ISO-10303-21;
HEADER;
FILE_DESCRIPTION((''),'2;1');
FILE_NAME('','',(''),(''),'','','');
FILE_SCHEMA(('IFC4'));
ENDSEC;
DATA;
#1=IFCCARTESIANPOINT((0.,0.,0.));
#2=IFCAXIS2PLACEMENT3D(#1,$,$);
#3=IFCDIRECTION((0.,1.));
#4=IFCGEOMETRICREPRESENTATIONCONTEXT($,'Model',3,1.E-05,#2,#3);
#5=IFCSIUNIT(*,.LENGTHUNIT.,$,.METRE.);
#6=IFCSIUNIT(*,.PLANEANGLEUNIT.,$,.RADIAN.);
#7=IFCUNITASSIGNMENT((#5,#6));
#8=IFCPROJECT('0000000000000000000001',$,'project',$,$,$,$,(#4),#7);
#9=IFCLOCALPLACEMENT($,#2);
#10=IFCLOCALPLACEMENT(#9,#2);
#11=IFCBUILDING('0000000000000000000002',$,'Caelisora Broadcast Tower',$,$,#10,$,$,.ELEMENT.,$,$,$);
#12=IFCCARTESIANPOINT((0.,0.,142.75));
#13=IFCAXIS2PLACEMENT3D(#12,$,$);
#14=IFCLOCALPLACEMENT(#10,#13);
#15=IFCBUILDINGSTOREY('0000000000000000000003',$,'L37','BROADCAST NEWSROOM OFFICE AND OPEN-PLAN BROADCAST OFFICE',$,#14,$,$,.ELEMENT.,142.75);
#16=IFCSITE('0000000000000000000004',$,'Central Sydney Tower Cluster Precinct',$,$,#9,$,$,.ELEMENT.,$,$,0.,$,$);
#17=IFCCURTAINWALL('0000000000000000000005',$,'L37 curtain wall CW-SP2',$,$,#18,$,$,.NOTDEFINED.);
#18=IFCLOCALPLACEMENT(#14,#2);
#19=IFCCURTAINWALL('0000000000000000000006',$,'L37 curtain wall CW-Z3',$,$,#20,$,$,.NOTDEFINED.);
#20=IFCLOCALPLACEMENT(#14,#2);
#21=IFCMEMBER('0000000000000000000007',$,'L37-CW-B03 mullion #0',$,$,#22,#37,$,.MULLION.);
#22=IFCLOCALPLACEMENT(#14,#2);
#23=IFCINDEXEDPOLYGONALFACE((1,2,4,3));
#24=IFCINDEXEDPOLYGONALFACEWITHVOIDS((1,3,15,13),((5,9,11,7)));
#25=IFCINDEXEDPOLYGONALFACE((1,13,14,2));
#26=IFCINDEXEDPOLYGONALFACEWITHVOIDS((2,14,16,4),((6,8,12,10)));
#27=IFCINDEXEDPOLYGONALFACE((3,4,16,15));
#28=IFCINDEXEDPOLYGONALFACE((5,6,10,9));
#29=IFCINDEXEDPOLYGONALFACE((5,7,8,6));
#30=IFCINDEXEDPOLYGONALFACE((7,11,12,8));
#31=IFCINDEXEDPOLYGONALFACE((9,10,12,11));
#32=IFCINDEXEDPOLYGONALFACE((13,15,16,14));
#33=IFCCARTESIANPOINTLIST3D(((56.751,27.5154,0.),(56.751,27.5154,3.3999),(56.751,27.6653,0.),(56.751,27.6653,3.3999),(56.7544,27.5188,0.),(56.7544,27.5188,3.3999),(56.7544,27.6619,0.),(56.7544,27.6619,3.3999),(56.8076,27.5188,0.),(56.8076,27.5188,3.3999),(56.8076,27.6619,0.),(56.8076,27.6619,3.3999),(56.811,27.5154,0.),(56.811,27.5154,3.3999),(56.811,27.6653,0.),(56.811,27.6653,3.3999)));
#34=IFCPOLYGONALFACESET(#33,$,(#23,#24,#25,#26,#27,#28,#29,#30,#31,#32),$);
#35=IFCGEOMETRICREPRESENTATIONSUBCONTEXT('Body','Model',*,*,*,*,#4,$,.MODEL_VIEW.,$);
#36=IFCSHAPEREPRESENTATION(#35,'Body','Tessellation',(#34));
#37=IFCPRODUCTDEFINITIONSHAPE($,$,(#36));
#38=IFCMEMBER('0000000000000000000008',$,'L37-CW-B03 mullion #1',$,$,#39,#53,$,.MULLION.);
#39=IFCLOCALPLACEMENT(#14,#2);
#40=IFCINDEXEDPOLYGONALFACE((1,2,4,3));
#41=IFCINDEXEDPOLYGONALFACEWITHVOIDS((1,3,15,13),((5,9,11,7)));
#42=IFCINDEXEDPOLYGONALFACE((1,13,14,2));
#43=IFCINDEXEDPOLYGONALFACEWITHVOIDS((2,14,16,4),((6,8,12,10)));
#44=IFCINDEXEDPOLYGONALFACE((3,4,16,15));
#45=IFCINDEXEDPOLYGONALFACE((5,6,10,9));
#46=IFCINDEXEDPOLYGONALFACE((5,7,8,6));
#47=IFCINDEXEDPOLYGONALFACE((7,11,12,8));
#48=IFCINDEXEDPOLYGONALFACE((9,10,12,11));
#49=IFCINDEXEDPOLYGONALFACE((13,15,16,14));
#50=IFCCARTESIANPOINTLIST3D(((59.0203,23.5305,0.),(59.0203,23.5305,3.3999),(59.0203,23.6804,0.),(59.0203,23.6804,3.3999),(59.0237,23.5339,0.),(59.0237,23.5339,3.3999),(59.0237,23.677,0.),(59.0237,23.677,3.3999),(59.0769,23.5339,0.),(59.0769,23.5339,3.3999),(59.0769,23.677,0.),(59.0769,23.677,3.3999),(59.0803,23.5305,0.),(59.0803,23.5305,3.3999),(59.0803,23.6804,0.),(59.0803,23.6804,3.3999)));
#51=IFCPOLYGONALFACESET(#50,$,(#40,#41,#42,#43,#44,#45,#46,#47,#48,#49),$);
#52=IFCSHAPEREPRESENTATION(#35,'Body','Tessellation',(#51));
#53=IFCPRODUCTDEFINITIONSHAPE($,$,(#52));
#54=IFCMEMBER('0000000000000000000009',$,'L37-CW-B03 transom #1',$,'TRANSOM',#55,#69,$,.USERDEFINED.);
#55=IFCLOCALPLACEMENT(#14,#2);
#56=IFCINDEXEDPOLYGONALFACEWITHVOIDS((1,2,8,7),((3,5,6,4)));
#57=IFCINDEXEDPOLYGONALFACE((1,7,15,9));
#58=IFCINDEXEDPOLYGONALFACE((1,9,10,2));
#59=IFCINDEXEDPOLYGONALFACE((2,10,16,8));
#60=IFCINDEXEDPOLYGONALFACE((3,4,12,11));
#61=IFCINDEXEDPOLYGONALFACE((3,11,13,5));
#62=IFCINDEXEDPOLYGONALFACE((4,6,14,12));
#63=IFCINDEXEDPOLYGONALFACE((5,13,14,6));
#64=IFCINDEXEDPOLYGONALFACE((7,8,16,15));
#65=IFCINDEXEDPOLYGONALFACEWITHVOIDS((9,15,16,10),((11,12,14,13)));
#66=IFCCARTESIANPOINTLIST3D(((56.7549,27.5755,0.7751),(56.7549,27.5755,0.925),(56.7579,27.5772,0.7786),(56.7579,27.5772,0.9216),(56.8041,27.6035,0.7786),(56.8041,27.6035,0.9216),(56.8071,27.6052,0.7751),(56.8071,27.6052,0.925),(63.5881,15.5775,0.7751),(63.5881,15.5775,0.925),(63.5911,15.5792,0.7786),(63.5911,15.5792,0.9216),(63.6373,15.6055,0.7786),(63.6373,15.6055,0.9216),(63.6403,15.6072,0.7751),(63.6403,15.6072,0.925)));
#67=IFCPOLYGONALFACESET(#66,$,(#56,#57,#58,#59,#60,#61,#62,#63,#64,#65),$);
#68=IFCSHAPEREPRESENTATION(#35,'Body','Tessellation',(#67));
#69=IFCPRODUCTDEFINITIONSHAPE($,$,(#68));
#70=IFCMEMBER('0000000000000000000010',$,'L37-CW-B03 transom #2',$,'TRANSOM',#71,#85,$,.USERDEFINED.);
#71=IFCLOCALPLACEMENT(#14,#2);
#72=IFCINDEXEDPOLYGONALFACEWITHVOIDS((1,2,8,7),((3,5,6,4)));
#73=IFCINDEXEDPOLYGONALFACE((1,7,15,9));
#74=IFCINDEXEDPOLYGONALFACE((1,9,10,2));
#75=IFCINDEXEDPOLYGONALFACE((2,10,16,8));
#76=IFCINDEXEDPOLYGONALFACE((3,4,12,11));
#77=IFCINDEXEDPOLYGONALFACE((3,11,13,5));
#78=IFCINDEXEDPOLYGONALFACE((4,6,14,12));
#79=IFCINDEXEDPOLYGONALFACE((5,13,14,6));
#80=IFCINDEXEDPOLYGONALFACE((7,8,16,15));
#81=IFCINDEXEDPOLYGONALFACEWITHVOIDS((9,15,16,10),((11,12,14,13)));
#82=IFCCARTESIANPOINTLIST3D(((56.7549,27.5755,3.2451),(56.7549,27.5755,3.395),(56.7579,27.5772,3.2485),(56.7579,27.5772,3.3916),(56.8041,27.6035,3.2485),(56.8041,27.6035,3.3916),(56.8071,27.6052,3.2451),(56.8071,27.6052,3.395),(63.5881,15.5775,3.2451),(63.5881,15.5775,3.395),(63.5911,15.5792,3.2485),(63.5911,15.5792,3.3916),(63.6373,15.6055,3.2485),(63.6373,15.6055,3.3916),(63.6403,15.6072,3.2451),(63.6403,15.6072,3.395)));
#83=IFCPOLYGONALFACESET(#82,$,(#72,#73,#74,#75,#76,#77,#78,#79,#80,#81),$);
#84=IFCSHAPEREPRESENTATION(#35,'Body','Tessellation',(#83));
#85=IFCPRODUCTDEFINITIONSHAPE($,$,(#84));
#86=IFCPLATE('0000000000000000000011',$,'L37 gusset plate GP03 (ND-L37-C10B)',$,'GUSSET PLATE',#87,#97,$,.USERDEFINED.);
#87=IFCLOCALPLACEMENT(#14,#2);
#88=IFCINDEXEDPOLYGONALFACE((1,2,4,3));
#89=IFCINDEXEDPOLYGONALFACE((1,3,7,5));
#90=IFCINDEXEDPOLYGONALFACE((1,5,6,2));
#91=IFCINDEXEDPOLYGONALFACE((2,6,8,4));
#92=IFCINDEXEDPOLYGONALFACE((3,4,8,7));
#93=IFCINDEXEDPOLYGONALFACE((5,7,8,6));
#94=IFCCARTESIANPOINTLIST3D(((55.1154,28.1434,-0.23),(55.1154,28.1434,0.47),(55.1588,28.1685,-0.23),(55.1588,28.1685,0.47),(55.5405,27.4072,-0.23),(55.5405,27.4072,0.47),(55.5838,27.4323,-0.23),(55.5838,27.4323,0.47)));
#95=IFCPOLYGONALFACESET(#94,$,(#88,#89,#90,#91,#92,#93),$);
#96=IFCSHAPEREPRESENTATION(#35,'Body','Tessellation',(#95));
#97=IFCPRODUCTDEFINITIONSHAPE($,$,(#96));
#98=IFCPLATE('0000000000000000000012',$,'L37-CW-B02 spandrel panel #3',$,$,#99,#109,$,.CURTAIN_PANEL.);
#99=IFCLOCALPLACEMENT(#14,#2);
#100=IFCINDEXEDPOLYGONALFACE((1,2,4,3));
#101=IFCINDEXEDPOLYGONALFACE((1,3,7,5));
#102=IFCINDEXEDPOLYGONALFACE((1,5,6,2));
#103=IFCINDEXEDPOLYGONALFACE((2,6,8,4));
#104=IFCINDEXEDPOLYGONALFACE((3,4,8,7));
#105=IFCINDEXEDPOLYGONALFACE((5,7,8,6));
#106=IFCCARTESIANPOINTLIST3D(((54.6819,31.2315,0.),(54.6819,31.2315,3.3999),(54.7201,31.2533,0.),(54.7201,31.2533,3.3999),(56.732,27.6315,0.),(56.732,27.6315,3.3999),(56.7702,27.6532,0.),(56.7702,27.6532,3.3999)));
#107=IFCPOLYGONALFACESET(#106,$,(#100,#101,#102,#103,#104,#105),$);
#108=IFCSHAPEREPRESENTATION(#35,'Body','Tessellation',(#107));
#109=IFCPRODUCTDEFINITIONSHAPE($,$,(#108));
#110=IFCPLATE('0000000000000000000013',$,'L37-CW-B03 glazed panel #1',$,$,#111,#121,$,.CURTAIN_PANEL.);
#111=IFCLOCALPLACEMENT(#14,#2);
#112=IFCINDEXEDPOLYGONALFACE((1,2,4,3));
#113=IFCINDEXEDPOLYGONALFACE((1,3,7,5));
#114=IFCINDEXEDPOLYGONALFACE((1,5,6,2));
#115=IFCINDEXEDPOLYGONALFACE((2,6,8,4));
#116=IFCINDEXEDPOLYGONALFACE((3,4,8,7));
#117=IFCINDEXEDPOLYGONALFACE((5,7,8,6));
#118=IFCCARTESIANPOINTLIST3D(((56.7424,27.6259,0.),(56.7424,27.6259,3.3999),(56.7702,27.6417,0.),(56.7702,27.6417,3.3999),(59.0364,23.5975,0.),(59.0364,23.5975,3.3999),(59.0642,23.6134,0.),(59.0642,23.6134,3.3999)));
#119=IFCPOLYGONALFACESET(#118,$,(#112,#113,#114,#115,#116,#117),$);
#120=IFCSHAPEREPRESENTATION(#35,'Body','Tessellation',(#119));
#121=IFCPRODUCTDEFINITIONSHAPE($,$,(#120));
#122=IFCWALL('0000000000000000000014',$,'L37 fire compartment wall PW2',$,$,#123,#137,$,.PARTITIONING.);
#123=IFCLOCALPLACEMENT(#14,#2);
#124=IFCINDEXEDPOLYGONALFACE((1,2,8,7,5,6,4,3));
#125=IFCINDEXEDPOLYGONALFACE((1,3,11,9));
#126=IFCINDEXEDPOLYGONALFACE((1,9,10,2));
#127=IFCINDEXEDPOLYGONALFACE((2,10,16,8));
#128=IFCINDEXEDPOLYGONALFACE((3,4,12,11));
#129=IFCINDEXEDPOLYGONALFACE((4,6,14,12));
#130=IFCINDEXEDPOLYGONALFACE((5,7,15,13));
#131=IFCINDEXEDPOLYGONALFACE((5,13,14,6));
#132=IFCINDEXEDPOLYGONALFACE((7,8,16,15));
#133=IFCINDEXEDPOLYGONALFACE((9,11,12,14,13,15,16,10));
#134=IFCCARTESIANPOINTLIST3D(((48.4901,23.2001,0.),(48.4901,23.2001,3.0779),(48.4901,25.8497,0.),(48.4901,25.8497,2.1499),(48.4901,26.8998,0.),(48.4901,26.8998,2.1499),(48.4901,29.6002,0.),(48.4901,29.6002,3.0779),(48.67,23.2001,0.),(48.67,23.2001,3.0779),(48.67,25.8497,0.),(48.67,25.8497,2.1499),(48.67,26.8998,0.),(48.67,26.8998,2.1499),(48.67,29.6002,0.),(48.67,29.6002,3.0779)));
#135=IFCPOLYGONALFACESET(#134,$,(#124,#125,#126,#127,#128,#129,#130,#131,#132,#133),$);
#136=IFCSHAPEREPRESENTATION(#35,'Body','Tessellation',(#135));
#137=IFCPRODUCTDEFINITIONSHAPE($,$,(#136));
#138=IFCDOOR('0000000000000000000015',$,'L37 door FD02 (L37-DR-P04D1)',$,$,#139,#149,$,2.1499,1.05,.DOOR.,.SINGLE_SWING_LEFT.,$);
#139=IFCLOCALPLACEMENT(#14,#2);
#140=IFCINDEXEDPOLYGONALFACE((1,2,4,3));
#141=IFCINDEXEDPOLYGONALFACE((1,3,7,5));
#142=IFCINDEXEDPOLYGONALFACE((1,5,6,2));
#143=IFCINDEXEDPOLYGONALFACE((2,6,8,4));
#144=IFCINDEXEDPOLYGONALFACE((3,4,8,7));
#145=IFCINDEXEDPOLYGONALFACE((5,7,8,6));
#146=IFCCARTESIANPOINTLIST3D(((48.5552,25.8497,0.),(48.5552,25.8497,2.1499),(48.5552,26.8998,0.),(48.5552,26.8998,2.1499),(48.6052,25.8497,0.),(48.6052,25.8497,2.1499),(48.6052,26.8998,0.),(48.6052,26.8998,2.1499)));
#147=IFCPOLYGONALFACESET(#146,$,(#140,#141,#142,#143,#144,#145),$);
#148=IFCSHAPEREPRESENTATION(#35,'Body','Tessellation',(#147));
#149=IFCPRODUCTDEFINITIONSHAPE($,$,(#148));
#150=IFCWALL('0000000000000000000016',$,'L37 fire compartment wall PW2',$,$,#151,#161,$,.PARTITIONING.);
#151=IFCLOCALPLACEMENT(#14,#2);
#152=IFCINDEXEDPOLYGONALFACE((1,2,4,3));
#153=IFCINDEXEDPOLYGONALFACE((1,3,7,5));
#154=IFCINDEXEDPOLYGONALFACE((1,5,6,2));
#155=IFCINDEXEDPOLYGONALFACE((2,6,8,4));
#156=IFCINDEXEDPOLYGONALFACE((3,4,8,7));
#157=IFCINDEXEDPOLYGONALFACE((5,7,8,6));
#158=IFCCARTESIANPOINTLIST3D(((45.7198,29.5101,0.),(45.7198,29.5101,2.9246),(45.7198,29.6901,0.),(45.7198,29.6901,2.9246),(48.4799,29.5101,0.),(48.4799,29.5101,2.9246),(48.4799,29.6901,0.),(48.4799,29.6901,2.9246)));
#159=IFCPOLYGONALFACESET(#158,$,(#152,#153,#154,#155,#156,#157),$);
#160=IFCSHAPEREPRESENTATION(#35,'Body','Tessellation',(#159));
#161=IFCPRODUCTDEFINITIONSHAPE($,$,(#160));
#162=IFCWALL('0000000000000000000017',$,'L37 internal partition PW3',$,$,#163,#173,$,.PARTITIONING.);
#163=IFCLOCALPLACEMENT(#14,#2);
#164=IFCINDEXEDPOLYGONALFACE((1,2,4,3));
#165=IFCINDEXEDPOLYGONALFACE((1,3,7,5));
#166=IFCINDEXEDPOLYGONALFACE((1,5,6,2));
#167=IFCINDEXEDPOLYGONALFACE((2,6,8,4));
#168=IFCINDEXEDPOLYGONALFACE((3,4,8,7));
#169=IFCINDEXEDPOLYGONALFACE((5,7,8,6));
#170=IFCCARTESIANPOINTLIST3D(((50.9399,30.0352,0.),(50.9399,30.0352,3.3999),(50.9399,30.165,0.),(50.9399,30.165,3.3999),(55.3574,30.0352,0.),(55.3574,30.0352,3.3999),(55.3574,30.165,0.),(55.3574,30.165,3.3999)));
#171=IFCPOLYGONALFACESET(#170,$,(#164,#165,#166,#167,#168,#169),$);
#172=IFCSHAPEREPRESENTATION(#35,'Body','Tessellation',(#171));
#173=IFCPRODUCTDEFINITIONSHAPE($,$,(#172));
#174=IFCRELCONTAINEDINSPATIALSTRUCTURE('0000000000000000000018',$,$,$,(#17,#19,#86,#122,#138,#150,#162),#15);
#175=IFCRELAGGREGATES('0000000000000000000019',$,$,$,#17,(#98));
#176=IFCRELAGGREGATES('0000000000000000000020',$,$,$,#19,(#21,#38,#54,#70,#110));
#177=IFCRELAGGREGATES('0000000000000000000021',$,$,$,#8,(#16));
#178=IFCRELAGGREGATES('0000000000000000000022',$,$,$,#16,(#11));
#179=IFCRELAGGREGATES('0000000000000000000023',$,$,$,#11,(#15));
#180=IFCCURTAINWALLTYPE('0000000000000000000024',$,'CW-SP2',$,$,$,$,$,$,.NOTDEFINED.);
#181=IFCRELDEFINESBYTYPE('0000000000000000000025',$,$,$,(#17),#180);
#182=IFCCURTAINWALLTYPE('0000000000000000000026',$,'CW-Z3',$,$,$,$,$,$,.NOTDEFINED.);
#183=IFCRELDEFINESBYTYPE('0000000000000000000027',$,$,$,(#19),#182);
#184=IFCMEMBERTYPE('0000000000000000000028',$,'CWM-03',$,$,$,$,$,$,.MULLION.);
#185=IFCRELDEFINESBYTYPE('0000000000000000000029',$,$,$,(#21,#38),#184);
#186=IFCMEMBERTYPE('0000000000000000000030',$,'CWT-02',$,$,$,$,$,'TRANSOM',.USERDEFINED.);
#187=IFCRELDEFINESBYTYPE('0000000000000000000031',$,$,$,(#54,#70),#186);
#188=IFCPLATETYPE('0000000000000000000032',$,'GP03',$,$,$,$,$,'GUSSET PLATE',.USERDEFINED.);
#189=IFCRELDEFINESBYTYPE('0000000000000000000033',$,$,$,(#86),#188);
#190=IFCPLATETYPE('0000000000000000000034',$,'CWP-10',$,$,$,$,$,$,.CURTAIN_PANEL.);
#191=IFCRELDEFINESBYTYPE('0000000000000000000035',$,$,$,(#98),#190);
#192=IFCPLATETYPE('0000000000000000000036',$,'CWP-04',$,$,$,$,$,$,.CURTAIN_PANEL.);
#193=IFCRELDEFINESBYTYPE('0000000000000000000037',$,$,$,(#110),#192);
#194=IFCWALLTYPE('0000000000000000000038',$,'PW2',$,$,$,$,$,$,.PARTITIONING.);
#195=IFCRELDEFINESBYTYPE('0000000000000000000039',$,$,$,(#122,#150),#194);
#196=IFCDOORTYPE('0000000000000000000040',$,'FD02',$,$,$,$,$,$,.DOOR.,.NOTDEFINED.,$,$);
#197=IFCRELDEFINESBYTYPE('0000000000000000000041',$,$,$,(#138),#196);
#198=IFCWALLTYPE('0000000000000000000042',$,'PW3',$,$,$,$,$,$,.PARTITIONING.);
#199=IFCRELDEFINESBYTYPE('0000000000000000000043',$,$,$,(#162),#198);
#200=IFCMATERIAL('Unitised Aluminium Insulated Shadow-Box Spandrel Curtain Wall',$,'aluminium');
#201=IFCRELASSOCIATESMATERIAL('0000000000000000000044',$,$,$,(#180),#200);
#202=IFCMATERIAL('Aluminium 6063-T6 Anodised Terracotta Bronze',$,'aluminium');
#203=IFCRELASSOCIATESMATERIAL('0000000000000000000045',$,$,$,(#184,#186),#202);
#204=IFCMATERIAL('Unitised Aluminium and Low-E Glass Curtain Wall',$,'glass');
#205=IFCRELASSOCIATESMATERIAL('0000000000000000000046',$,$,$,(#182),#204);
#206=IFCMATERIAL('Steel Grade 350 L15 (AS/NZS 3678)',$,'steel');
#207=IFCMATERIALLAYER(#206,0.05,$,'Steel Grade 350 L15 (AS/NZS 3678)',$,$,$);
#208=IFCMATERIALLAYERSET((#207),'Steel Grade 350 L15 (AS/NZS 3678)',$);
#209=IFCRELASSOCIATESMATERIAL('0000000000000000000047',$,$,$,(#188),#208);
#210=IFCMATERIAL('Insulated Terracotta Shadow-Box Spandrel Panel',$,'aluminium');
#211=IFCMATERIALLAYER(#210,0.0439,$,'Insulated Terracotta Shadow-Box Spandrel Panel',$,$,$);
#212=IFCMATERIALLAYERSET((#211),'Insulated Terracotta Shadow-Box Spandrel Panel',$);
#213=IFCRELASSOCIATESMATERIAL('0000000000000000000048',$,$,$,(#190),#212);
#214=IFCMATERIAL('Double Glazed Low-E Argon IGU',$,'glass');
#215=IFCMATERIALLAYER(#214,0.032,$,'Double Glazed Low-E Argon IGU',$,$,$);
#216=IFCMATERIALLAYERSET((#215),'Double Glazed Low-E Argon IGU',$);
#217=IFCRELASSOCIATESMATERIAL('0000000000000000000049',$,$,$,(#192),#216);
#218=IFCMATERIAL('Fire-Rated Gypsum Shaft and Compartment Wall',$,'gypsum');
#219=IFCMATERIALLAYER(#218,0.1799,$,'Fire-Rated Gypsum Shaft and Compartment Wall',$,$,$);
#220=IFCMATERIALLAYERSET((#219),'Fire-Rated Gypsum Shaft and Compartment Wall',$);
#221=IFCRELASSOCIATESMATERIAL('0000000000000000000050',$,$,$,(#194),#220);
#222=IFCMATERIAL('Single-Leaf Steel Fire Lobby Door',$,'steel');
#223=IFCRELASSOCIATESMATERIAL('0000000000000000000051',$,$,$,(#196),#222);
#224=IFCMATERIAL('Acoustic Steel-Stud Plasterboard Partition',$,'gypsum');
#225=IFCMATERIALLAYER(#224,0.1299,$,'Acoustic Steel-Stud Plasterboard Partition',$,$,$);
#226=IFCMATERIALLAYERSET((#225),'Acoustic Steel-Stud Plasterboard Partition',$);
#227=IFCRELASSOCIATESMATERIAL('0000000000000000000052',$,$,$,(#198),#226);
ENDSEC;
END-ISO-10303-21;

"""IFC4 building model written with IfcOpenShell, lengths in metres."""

from ifc_helpers import new_model, si_unit, direction, frame, frame_2d, origin, origin_2d, place, context, subcontext, project, spatial, rectangle, hollow_rectangle, extrude, source, transform, mapped, material, layer, layer_set, material_profile, profile_set, type_object, type_shapes, element, fill, aggregate, save


model = new_model("IFC4")

# Units and contexts
model_context = context("Model", 3, precision=1e-05, world=origin(), true_north=direction((0.0, 1.0)))
body_context = subcontext(model_context, "Body", "Model", "MODEL_VIEW")
ifc_project = project(units=[si_unit("LENGTHUNIT", "METRE"), si_unit("PLANEANGLEUNIT", "RADIAN")], contexts=[model_context])

# Site, building, storey
site_placement = place(None, origin())
site = spatial("IfcSite", under=ifc_project, at=site_placement, Name="Central Sydney Tower Cluster Precinct", CompositionType="ELEMENT", RefElevation=0.0)
building_placement = place(site_placement, origin())
building = spatial("IfcBuilding", under=site, at=building_placement, Name="Caelisora Broadcast Tower", CompositionType="ELEMENT")
storey_placement = place(building_placement, frame((0.0, 0.0, 142.75)))
storey = spatial("IfcBuildingStorey", under=building, at=storey_placement, Name="L37", Description="BROADCAST NEWSROOM OFFICE AND OPEN-PLAN BROADCAST OFFICE", CompositionType="ELEMENT", Elevation=142.75)

# Shared definitions
ifc_material_1 = material(Name="Steel Grade 350 L15 (AS/NZS 3678)", Category="steel")

# Curtain wall
ifc_material_2 = material(Name="Unitised Aluminium Insulated Shadow-Box Spandrel Curtain Wall", Category="aluminium")
curtain_wall_type_1 = type_object("IfcCurtainWallType", Name="CW-SP2", PredefinedType="NOTDEFINED", material=ifc_material_2)
curtain_wall_1_placement = place(storey_placement, origin())
curtain_wall_1 = element("IfcCurtainWall", 1, at=curtain_wall_1_placement, inside=storey, type_object=curtain_wall_type_1, Name="L37 curtain wall CW-SP2", PredefinedType="NOTDEFINED")
ifc_material_3 = material(Name="Aluminium 6063-T6 Anodised Terracotta Bronze", Category="aluminium")
ifc_material_profile_1 = material_profile(ifc_material_3, hollow_rectangle(XDim=0.0601, YDim=0.1499, WallThickness=0.0034, at=origin_2d()), Name="Aluminium 6063-T6 Anodised Terracotta Bronze")
ifc_profile_set_1 = profile_set([ifc_material_profile_1], Name="Aluminium 6063-T6 Anodised Terracotta Bronze")
member_type_1 = type_object("IfcMemberType", Name="CWM-03", PredefinedType="MULLION", material=ifc_profile_set_1)
shared_shape_1 = source(origin(), body_context, "Body", "SweptSolid", [
    extrude(hollow_rectangle(XDim=0.0601, YDim=0.1499, WallThickness=0.0034, at=origin_2d()), origin(), (0.0, 0.0, 1.0), 3.3999),
])
type_shapes(member_type_1, [shared_shape_1])

# Curtain wall, members
ifc_material_4 = material(Name="Unitised Aluminium and Low-E Glass Curtain Wall", Category="glass")
curtain_wall_type_2 = type_object("IfcCurtainWallType", Name="CW-Z3", PredefinedType="NOTDEFINED", material=ifc_material_4)
curtain_wall_2_placement = place(storey_placement, origin())
curtain_wall_2 = element("IfcCurtainWall", 2, at=curtain_wall_2_placement, inside=storey, type_object=curtain_wall_type_2, Name="L37 curtain wall CW-Z3", PredefinedType="NOTDEFINED")
member_1_placement = place(storey_placement, frame((56.781, 27.5903, 0.0), z_axis=(0.0, 0.0, 1.0), x_axis=(1.0, 0.0, 0.0)))
member_1 = element("IfcMember", 3, at=member_1_placement, type_object=member_type_1, Name="L37-CW-B03 mullion #0", PredefinedType="MULLION", context=body_context, shape_type="MappedRepresentation", body=[
    mapped(shared_shape_1, transform((0.0, 0.0, 0.0), scale=1.0)),
])
member_2_placement = place(storey_placement, frame((59.0503, 23.6055, 0.0), z_axis=(0.0, 0.0, 1.0), x_axis=(1.0, 0.0, 0.0)))
member_2 = element("IfcMember", 4, at=member_2_placement, type_object=member_type_1, Name="L37-CW-B03 mullion #1", PredefinedType="MULLION", context=body_context, shape_type="MappedRepresentation", body=[
    mapped(shared_shape_1, transform((0.0, 0.0, 0.0), scale=1.0)),
])
ifc_material_profile_2 = material_profile(ifc_material_3, hollow_rectangle(XDim=0.0601, YDim=0.1499, WallThickness=0.0034, at=origin_2d()), Name="Aluminium 6063-T6 Anodised Terracotta Bronze")
ifc_profile_set_2 = profile_set([ifc_material_profile_2], Name="Aluminium 6063-T6 Anodised Terracotta Bronze")
member_type_2 = type_object("IfcMemberType", Name="CWT-02", ElementType="TRANSOM", PredefinedType="USERDEFINED", material=ifc_profile_set_2)
shared_shape_2 = source(origin(), body_context, "Body", "SweptSolid", [
    extrude(hollow_rectangle(XDim=0.0601, YDim=0.1499, WallThickness=0.0034, at=origin_2d()), origin(), (0.0, 0.0, 1.0), 13.8074),
])
type_shapes(member_type_2, [shared_shape_2])
member_3_placement = place(storey_placement, frame((56.781, 27.5903, 0.8501), z_axis=(0.494895, -0.868953, 0.0), x_axis=(0.868953, 0.494895, 0.0)))
member_3 = element("IfcMember", 5, at=member_3_placement, type_object=member_type_2, Name="L37-CW-B03 transom #1", ObjectType="TRANSOM", PredefinedType="USERDEFINED", context=body_context, shape_type="MappedRepresentation", body=[
    mapped(shared_shape_2, transform((0.0, 0.0, 0.0), scale=1.0)),
])
member_4_placement = place(storey_placement, frame((56.781, 27.5903, 3.3201), z_axis=(0.494895, -0.868953, 0.0), x_axis=(0.868953, 0.494895, 0.0)))
member_4 = element("IfcMember", 6, at=member_4_placement, type_object=member_type_2, Name="L37-CW-B03 transom #2", ObjectType="TRANSOM", PredefinedType="USERDEFINED", context=body_context, shape_type="MappedRepresentation", body=[
    mapped(shared_shape_2, transform((0.0, 0.0, 0.0), scale=1.0)),
])

# Plates
ifc_layer_1 = layer(ifc_material_1, 0.05, Name="Steel Grade 350 L15 (AS/NZS 3678)")
ifc_layer_set_1 = layer_set([ifc_layer_1], Name="Steel Grade 350 L15 (AS/NZS 3678)")
plate_type_1 = type_object("IfcPlateType", Name="GP03", ElementType="GUSSET PLATE", PredefinedType="USERDEFINED", material=ifc_layer_set_1)
shared_shape_3 = source(origin(), body_context, "Body", "SweptSolid", [
    extrude(rectangle(XDim=0.8501, YDim=0.05, at=origin_2d()), origin(), (0.0, 0.0, 1.0), 0.7),
])
type_shapes(plate_type_1, [shared_shape_3])
plate_1_placement = place(storey_placement, frame((55.3496, 27.7878, -0.23), z_axis=(0.0, 0.0, 1.0), x_axis=(-0.5, 0.866025, 0.0)))
element("IfcPlate", 7, at=plate_1_placement, inside=storey, type_object=plate_type_1, Name="L37 gusset plate GP03 (ND-L37-C10B)", ObjectType="GUSSET PLATE", PredefinedType="USERDEFINED", context=body_context, shape_type="MappedRepresentation", body=[
    mapped(shared_shape_3, transform((0.0, 0.0, 0.0), scale=1.0)),
])
ifc_material_5 = material(Name="Insulated Terracotta Shadow-Box Spandrel Panel", Category="aluminium")
ifc_layer_2 = layer(ifc_material_5, 0.0439, Name="Insulated Terracotta Shadow-Box Spandrel Panel")
ifc_layer_set_2 = layer_set([ifc_layer_2], Name="Insulated Terracotta Shadow-Box Spandrel Panel")
plate_type_2 = type_object("IfcPlateType", Name="CWP-10", PredefinedType="CURTAIN_PANEL", material=ifc_layer_set_2)
shared_shape_4 = source(origin(), body_context, "Body", "SweptSolid", [
    extrude(rectangle(XDim=4.1428, YDim=0.0439, at=origin_2d()), origin(), (0.0, 0.0, 1.0), 3.3999),
])
type_shapes(plate_type_2, [shared_shape_4])
plate_2_placement = place(storey_placement, frame((55.7261, 29.4424, 0.0), z_axis=(0.0, 0.0, 1.0), x_axis=(0.494852, -0.868977, 0.0)))
plate_2 = element("IfcPlate", 8, at=plate_2_placement, type_object=plate_type_2, Name="L37-CW-B02 spandrel panel #3", PredefinedType="CURTAIN_PANEL", context=body_context, shape_type="MappedRepresentation", body=[
    mapped(shared_shape_4, transform((0.0, 0.0, 0.0), scale=1.0)),
])
aggregate(curtain_wall_1, [plate_2])
ifc_material_6 = material(Name="Double Glazed Low-E Argon IGU", Category="glass")
ifc_layer_3 = layer(ifc_material_6, 0.032, Name="Double Glazed Low-E Argon IGU")
ifc_layer_set_3 = layer_set([ifc_layer_3], Name="Double Glazed Low-E Argon IGU")
plate_type_3 = type_object("IfcPlateType", Name="CWP-04", PredefinedType="CURTAIN_PANEL", material=ifc_layer_set_3)
shared_shape_5 = source(origin(), body_context, "Body", "SweptSolid", [
    extrude(rectangle(XDim=4.6357, YDim=0.032, at=origin_2d()), origin(), (0.0, 0.0, 1.0), 3.3999),
])
type_shapes(plate_type_3, [shared_shape_5])
plate_3_placement = place(storey_placement, frame((57.9033, 25.6196, 0.0), z_axis=(0.0, 0.0, 1.0), x_axis=(0.494852, -0.868977, 0.0)))
plate_3 = element("IfcPlate", 9, at=plate_3_placement, type_object=plate_type_3, Name="L37-CW-B03 glazed panel #1", PredefinedType="CURTAIN_PANEL", context=body_context, shape_type="MappedRepresentation", body=[
    mapped(shared_shape_5, transform((0.0, 0.0, 0.0), scale=1.0)),
])
aggregate(curtain_wall_2, [member_1, member_2, member_3, member_4, plate_3])

# Wall, opening, door
ifc_material_7 = material(Name="Fire-Rated Gypsum Shaft and Compartment Wall", Category="gypsum")
ifc_layer_4 = layer(ifc_material_7, 0.1799, Name="Fire-Rated Gypsum Shaft and Compartment Wall")
ifc_layer_set_4 = layer_set([ifc_layer_4], Name="Fire-Rated Gypsum Shaft and Compartment Wall")
wall_type_1 = type_object("IfcWallType", Name="PW2", PredefinedType="PARTITIONING", material=ifc_layer_set_4)
wall_1_placement = place(storey_placement, frame((48.5801, 23.2, 0.0), z_axis=(0.0, 0.0, 1.0), x_axis=(0.0, 1.0, 0.0)))
wall_1 = element("IfcWall", 10, at=wall_1_placement, inside=storey, type_object=wall_type_1, Name="L37 fire compartment wall PW2", PredefinedType="PARTITIONING", context=body_context, shape_type="SweptSolid", body=[
    extrude(rectangle(XDim=6.4001, YDim=0.1799, at=frame_2d((3.2002, 0.0))), origin(), (0.0, 0.0, 1.0), 3.0779),
])
opening_placement = place(wall_1_placement, frame((2.6499, 0.0, 0.0)))
opening = element("IfcOpeningElement", 11, at=opening_placement, cuts=wall_1, PredefinedType="OPENING", context=body_context, shape_type="SweptSolid", body=[
    extrude(rectangle(XDim=1.05, YDim=2.1499, at=frame_2d((0.5249, 1.075))), frame((0.0, 0.1021, 0.0), z_axis=(0.0, -1.0, 0.0), x_axis=(1.0, 0.0, 0.0)), (0.0, 0.0, 1.0), 0.2039),
])
ifc_material_8 = material(Name="Single-Leaf Steel Fire Lobby Door", Category="steel")
door_type = type_object("IfcDoorType", Name="FD02", OperationType="NOTDEFINED", PredefinedType="DOOR", material=ifc_material_8)
door_placement = place(opening_placement, origin())
door = element("IfcDoor", 12, at=door_placement, inside=storey, type_object=door_type, Name="L37 door FD02 (L37-DR-P04D1)", OperationType="SINGLE_SWING_LEFT", OverallHeight=2.1499, OverallWidth=1.05, PredefinedType="DOOR", context=body_context, shape_type="SweptSolid", body=[
    extrude(rectangle(XDim=1.05, YDim=2.1499, at=frame_2d((0.5249, 1.075))), frame((0.0, 0.0249, 0.0), z_axis=(0.0, -1.0, 0.0), x_axis=(1.0, 0.0, 0.0)), (0.0, 0.0, 1.0), 0.05),
])
fill(opening, door)

# Walls
wall_2_placement = place(storey_placement, frame((45.72, 29.6001, 0.0), z_axis=(0.0, 0.0, 1.0), x_axis=(1.0, 0.0, 0.0)))
element("IfcWall", 13, at=wall_2_placement, inside=storey, type_object=wall_type_1, Name="L37 fire compartment wall PW2", PredefinedType="PARTITIONING", context=body_context, shape_type="SweptSolid", body=[
    extrude(rectangle(XDim=2.76, YDim=0.1799, at=frame_2d((1.3799, 0.0))), origin(), (0.0, 0.0, 1.0), 2.9246),
])
ifc_material_9 = material(Name="Acoustic Steel-Stud Plasterboard Partition", Category="gypsum")
ifc_layer_5 = layer(ifc_material_9, 0.1299, Name="Acoustic Steel-Stud Plasterboard Partition")
ifc_layer_set_5 = layer_set([ifc_layer_5], Name="Acoustic Steel-Stud Plasterboard Partition")
wall_type_2 = type_object("IfcWallType", Name="PW3", PredefinedType="PARTITIONING", material=ifc_layer_set_5)
wall_3_placement = place(storey_placement, frame((50.9399, 30.1001, 0.0), z_axis=(0.0, 0.0, 1.0), x_axis=(1.0, 0.0, 0.0)))
element("IfcWall", 14, at=wall_3_placement, inside=storey, type_object=wall_type_2, Name="L37 internal partition PW3", PredefinedType="PARTITIONING", context=body_context, shape_type="SweptSolid", body=[
    extrude(rectangle(XDim=4.4175, YDim=0.1299, at=frame_2d((2.2087, 0.0))), origin(), (0.0, 0.0, 1.0), 3.3999),
])

save(model, "model.ifc")
